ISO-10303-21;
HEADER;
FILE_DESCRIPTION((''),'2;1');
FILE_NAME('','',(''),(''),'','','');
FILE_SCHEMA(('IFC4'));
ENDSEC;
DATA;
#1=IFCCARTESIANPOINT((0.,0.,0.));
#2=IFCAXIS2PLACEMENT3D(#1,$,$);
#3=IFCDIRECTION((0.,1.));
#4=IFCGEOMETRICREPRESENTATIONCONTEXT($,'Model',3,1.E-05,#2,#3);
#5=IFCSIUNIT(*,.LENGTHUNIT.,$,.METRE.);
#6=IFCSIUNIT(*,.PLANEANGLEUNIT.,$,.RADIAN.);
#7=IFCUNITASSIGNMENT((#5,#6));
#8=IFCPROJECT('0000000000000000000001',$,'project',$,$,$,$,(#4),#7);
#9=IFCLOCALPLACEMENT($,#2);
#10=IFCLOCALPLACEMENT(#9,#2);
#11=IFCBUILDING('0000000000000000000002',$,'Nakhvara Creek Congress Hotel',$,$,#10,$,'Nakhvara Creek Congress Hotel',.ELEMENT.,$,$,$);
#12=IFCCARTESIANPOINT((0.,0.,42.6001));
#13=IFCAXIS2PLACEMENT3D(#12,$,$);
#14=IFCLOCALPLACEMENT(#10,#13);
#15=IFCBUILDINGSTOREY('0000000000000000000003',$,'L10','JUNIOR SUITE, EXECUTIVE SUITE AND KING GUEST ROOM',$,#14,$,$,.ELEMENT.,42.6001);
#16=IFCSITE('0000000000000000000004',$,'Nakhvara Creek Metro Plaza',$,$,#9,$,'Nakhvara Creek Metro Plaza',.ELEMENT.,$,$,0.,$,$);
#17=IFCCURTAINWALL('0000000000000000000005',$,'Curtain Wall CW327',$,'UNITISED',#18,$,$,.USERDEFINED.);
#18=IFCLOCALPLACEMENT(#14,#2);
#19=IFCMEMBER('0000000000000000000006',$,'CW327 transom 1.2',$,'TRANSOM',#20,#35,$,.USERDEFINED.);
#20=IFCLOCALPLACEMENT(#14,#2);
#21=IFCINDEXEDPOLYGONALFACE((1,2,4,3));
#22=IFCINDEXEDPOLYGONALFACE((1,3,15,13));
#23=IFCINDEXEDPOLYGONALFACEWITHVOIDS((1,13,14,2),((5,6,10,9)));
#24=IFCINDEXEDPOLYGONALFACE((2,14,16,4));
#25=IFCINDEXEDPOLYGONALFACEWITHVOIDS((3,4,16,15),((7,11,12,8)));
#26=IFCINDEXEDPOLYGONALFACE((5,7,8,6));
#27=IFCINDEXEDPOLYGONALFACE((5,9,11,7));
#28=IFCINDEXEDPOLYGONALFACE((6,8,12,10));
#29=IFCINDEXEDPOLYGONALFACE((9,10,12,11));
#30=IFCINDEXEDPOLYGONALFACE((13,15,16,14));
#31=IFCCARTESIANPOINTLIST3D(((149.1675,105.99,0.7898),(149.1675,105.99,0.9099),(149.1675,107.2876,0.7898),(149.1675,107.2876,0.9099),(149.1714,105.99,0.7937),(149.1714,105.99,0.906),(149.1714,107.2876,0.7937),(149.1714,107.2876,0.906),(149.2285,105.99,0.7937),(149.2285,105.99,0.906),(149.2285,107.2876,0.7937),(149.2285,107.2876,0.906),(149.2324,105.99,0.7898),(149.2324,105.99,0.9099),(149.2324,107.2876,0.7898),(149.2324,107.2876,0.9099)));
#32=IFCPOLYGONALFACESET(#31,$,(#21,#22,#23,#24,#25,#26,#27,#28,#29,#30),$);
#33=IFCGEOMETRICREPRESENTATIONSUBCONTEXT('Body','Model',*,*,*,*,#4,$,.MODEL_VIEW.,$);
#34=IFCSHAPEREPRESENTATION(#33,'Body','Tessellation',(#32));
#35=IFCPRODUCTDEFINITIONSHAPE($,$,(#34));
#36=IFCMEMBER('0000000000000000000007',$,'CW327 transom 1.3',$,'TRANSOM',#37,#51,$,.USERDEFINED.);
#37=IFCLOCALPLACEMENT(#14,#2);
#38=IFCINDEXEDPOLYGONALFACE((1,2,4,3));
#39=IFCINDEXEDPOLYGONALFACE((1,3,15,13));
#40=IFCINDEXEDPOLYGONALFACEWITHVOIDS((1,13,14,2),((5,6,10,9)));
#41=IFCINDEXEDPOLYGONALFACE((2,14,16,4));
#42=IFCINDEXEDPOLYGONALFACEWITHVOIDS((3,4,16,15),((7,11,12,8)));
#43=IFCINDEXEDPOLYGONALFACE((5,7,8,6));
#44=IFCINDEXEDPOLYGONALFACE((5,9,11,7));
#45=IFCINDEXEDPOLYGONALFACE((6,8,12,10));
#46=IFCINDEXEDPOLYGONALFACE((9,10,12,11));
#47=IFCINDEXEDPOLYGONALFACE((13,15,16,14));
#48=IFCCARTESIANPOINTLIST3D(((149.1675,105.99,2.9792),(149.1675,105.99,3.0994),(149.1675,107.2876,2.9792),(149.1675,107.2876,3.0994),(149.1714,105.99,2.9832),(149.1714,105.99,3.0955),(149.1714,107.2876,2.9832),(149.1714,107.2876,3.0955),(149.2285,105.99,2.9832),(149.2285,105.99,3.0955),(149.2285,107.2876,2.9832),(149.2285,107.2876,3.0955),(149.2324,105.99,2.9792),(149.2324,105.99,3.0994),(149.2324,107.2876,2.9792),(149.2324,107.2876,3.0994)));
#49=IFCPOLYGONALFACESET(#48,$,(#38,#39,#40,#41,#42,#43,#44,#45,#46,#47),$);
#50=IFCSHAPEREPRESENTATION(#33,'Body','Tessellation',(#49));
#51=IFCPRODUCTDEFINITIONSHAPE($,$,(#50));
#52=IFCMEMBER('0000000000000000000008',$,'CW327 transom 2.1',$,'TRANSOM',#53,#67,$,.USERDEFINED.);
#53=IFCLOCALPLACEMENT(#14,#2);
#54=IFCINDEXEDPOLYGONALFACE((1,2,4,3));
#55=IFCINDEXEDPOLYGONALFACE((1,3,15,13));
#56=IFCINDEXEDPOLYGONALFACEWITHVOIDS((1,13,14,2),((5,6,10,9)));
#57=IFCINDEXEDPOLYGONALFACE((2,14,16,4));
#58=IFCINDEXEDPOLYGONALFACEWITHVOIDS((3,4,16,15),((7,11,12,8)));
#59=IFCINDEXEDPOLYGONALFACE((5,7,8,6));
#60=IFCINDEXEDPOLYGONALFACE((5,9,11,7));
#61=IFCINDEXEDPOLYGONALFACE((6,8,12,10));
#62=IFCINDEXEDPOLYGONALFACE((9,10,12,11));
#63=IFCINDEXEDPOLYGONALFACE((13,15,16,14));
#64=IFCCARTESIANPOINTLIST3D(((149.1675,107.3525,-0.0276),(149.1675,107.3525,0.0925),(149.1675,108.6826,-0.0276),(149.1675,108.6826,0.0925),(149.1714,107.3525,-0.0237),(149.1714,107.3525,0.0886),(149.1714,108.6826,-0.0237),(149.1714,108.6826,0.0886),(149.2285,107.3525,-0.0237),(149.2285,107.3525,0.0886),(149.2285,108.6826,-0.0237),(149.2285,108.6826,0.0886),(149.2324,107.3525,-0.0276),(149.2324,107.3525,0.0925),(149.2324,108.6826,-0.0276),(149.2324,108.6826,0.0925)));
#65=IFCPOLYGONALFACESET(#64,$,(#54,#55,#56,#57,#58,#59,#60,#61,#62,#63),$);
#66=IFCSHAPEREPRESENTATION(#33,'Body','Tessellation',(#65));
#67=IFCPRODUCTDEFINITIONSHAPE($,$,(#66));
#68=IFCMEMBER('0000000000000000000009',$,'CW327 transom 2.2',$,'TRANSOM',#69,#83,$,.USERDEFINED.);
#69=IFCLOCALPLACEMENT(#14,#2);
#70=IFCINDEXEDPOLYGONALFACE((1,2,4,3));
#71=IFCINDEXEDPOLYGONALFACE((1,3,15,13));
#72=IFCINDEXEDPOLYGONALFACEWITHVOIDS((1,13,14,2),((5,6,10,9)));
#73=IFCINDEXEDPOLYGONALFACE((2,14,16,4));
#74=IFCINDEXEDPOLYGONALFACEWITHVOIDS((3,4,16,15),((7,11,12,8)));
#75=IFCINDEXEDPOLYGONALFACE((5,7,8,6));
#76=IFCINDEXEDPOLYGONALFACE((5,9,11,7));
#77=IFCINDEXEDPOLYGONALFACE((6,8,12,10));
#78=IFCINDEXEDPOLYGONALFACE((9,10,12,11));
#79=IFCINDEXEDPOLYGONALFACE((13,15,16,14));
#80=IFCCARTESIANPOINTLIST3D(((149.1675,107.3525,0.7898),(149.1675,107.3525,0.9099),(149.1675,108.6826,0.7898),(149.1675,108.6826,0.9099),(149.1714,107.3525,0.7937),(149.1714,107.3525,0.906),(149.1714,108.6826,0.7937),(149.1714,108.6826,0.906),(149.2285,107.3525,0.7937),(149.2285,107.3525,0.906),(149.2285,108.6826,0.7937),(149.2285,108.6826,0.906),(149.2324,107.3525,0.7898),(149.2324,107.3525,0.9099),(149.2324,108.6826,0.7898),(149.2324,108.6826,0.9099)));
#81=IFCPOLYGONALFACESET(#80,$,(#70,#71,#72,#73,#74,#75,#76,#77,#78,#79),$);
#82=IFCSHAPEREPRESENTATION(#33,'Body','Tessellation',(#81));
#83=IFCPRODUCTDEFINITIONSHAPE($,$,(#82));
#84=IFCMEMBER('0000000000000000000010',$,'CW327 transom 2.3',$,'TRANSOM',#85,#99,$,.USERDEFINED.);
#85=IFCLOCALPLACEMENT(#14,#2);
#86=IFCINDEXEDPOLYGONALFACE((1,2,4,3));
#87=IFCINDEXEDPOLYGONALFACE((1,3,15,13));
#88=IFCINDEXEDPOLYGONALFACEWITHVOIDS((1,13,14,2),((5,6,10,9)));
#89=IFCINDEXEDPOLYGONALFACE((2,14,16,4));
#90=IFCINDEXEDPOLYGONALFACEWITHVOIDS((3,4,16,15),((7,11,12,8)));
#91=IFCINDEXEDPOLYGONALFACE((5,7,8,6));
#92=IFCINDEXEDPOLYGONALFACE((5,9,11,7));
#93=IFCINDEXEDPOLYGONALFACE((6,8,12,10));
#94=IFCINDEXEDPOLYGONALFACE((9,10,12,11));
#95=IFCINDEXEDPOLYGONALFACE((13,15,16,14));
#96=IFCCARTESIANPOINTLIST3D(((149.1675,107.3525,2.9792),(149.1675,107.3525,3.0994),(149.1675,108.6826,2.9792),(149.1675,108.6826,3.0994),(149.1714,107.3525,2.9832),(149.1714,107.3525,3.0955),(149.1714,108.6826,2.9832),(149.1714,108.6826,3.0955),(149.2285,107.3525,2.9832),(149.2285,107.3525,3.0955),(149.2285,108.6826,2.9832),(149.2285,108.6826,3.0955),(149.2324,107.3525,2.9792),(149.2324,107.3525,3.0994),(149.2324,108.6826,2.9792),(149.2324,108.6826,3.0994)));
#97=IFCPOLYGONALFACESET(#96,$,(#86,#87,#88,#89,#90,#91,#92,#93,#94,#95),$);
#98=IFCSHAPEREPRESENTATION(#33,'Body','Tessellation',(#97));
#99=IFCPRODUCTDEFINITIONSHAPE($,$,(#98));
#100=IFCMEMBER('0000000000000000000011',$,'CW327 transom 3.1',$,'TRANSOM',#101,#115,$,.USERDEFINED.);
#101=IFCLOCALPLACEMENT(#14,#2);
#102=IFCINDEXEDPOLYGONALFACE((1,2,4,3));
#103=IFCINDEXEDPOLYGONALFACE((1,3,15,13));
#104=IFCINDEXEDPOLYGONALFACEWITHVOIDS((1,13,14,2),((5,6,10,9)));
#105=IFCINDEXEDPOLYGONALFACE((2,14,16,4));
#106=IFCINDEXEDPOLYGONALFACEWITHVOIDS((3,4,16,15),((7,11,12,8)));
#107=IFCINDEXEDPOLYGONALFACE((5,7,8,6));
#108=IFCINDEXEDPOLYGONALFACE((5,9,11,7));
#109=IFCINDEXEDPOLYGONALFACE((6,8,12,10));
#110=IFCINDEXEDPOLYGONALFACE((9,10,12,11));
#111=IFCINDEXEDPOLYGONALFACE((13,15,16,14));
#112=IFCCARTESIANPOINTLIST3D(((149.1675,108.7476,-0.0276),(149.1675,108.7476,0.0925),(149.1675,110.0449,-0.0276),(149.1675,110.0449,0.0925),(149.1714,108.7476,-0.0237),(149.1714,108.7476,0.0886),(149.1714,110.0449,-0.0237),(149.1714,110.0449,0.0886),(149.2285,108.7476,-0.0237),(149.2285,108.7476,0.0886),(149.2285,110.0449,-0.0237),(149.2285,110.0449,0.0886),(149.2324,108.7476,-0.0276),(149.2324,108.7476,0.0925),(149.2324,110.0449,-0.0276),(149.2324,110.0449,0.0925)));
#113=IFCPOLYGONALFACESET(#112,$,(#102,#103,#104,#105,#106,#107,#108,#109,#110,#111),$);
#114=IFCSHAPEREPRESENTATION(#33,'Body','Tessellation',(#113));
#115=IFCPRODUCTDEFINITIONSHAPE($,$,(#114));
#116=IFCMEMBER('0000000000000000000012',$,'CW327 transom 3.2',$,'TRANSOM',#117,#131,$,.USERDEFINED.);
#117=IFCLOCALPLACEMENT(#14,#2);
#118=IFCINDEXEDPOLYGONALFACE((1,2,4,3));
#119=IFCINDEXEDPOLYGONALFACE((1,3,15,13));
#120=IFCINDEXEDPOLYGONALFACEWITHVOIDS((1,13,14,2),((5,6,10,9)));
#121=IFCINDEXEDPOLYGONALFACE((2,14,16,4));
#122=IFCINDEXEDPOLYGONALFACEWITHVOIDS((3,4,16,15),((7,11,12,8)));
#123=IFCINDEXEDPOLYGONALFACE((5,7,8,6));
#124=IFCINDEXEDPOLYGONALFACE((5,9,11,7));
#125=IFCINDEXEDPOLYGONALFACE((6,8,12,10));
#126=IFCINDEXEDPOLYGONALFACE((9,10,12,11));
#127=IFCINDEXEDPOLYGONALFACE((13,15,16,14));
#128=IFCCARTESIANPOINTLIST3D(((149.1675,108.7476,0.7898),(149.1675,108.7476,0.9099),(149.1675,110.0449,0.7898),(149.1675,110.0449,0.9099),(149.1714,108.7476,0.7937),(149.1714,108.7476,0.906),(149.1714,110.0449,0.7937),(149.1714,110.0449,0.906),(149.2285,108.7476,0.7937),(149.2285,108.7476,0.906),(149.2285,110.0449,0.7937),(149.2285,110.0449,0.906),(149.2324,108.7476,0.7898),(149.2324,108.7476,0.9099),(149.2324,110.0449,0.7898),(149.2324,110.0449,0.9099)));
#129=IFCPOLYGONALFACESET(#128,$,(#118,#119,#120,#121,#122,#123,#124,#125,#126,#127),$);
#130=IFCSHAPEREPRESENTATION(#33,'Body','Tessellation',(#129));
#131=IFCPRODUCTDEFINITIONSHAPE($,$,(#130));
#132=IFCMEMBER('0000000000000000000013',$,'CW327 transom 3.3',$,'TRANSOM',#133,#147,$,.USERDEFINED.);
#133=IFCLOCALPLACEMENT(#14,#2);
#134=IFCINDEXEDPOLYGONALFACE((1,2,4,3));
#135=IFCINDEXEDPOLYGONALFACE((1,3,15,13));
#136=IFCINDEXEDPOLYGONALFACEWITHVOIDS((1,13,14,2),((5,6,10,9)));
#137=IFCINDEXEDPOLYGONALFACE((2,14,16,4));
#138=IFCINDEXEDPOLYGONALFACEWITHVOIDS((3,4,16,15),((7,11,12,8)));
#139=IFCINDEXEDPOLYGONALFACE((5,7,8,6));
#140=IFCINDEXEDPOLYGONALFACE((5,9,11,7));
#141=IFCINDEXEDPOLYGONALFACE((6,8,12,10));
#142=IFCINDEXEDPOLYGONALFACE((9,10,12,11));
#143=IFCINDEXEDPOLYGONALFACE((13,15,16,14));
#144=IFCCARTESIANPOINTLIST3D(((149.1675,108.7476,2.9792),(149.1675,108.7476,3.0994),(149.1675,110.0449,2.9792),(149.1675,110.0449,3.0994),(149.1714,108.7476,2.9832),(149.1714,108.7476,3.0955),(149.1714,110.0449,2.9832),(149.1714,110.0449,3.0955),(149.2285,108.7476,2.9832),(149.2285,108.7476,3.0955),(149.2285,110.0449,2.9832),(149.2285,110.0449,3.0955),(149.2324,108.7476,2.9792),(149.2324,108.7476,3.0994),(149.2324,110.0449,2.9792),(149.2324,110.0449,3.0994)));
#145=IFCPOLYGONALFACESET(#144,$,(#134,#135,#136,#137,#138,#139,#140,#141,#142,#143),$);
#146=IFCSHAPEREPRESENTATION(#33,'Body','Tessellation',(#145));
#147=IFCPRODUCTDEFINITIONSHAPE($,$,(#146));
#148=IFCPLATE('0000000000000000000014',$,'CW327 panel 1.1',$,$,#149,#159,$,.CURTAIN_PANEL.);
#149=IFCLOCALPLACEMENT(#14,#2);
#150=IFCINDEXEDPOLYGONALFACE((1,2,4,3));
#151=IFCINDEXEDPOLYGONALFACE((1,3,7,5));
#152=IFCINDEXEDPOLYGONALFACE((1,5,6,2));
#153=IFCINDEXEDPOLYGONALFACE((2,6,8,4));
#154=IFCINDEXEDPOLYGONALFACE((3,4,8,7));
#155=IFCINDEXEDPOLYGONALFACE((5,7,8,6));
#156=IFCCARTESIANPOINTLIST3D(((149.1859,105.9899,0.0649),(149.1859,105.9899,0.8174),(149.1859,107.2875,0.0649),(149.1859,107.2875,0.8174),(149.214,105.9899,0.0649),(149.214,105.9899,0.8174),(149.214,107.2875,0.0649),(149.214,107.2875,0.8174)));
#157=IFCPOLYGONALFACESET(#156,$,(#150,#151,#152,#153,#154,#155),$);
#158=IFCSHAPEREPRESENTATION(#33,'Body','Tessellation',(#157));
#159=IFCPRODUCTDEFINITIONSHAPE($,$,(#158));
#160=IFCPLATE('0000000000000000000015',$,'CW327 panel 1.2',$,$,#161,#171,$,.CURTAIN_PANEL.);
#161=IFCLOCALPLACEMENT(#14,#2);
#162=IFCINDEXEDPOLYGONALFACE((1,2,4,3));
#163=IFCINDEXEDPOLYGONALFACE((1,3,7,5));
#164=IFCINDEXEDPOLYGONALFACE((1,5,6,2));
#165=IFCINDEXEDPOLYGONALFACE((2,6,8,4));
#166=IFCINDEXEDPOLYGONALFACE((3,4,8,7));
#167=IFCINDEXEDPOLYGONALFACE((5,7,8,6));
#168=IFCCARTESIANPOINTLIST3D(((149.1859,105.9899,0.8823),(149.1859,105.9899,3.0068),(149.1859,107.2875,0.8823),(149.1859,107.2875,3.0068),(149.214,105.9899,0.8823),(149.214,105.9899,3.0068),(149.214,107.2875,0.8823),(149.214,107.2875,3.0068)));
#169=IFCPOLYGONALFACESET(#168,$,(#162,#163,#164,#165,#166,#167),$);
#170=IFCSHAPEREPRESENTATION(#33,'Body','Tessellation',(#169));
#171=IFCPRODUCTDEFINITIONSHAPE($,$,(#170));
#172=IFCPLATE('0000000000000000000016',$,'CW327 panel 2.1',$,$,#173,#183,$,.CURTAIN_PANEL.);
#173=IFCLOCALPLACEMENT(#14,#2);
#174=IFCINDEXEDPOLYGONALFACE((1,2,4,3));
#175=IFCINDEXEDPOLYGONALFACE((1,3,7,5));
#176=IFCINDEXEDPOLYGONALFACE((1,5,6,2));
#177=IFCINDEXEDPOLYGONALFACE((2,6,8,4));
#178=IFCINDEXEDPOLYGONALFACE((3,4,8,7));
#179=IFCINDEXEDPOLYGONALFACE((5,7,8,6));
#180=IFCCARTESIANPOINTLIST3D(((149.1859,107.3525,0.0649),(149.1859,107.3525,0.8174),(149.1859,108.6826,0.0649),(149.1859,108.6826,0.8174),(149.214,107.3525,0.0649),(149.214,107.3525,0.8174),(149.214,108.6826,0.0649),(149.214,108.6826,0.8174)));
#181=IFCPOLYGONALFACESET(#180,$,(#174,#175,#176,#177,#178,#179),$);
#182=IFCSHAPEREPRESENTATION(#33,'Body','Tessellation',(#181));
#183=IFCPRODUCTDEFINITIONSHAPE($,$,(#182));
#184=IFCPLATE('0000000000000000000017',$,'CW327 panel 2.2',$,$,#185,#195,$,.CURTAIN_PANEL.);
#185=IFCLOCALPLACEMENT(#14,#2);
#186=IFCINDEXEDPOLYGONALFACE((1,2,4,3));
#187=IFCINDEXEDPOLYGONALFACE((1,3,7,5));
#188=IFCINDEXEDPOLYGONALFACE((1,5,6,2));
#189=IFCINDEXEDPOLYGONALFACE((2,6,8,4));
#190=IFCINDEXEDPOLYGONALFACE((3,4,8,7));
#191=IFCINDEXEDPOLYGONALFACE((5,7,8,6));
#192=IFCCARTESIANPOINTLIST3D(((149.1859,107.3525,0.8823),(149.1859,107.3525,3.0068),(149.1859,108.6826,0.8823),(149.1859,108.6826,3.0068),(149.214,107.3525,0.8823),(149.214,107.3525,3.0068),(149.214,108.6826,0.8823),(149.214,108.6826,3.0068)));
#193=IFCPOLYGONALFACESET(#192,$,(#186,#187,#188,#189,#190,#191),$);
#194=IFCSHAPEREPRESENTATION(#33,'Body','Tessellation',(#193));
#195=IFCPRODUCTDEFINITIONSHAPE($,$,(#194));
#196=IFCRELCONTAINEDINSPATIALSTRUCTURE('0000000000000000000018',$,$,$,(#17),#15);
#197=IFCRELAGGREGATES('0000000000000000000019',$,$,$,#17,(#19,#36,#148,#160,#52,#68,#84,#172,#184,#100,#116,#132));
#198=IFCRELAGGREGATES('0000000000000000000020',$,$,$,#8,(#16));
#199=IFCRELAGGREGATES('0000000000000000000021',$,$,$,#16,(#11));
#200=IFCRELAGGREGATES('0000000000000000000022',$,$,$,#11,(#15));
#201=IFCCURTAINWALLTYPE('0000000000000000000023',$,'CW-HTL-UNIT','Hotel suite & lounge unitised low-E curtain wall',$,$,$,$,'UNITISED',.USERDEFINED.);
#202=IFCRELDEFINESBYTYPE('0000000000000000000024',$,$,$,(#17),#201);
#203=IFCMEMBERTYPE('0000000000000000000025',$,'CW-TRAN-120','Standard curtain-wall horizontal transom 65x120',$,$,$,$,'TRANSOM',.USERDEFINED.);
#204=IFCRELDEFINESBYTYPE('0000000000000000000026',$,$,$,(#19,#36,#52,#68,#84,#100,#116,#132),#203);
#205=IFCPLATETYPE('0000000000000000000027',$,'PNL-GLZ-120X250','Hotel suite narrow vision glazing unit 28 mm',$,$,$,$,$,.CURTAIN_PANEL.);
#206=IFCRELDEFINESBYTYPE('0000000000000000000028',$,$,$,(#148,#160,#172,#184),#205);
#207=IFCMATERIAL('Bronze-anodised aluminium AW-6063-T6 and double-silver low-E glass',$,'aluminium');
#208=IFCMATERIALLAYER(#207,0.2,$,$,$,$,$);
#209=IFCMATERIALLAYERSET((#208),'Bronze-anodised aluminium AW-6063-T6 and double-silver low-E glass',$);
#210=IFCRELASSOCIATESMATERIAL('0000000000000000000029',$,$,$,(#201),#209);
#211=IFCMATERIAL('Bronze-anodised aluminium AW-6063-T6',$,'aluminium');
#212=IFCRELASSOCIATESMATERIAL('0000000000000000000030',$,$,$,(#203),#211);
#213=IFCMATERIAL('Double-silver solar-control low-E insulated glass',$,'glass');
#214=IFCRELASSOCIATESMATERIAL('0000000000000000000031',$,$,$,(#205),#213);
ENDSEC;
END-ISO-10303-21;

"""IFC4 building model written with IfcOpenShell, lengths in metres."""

from ifc_helpers import new_model, si_unit, direction, frame, origin, origin_2d, place, context, subcontext, project, spatial, rectangle, hollow_rectangle, extrude, material, layer, layer_set, material_profile, profile_set, type_object, element, aggregate, save


model = new_model("IFC4")

# Units and contexts
model_context = context("Model", 3, precision=1e-05, world=origin(), true_north=direction((0.0, 1.0)))
body_context = subcontext(model_context, "Body", "Model", "MODEL_VIEW")
ifc_project = project(units=[si_unit("LENGTHUNIT", "METRE"), si_unit("PLANEANGLEUNIT", "RADIAN")], contexts=[model_context])

# Site, building, storey
site_placement = place(None, origin())
site = spatial("IfcSite", under=ifc_project, at=site_placement, Name="Nakhvara Creek Metro Plaza", LongName="Nakhvara Creek Metro Plaza", CompositionType="ELEMENT", RefElevation=0.0)
building_placement = place(site_placement, origin())
building = spatial("IfcBuilding", under=site, at=building_placement, Name="Nakhvara Creek Congress Hotel", LongName="Nakhvara Creek Congress Hotel", CompositionType="ELEMENT")
storey_placement = place(building_placement, frame((0.0, 0.0, 42.6001)))
storey = spatial("IfcBuildingStorey", under=building, at=storey_placement, Name="L10", Description="JUNIOR SUITE, EXECUTIVE SUITE AND KING GUEST ROOM", CompositionType="ELEMENT", Elevation=42.6001)

# Shared definitions
ifc_material_1 = material(Name="Bronze-anodised aluminium AW-6063-T6 and double-silver low-E glass", Category="aluminium")
ifc_layer_1 = layer(ifc_material_1, 0.2)
ifc_layer_set_1 = layer_set([ifc_layer_1], Name="Bronze-anodised aluminium AW-6063-T6 and double-silver low-E glass")
curtain_wall_type = type_object("IfcCurtainWallType", Name="CW-HTL-UNIT", Description="Hotel suite & lounge unitised low-E curtain wall", ElementType="UNITISED", PredefinedType="USERDEFINED", material=ifc_layer_set_1)
ifc_material_2 = material(Name="Bronze-anodised aluminium AW-6063-T6", Category="aluminium")

# Curtain wall, members, plates
curtain_wall_1_placement = place(storey_placement, origin())
curtain_wall_1 = element("IfcCurtainWall", 1, at=curtain_wall_1_placement, inside=storey, type_object=curtain_wall_type, Name="Curtain Wall CW327", ObjectType="UNITISED", PredefinedType="USERDEFINED")
ifc_material_profile_1 = material_profile(ifc_material_2, hollow_rectangle(XDim=0.0649, YDim=0.1201, WallThickness=0.0039, at=origin_2d()), Name="ALU-TRAN 65x120x4", Category="LoadBearing")
ifc_profile_set_1 = profile_set([ifc_material_profile_1], Name="Bronze-anodised aluminium AW-6063-T6")
member_type_1 = type_object("IfcMemberType", Name="CW-TRAN-120", Description="Standard curtain-wall horizontal transom 65x120", ElementType="TRANSOM", PredefinedType="USERDEFINED", material=ifc_profile_set_1)
member_1_placement = place(storey_placement, frame((149.2, 105.99, 0.8499), z_axis=(0.0, 1.0, 0.0), x_axis=(-1.0, 0.0, 0.0)))
member_1 = element("IfcMember", 2, at=member_1_placement, type_object=member_type_1, Name="CW327 transom 1.2", ObjectType="TRANSOM", PredefinedType="USERDEFINED", context=body_context, shape_type="SweptSolid", body=[
    extrude(hollow_rectangle(XDim=0.0649, YDim=0.1201, WallThickness=0.0039, at=origin_2d()), origin(), (0.0, 0.0, 1.0), 1.2976),
])
member_2_placement = place(storey_placement, frame((149.2, 105.99, 3.0393), z_axis=(0.0, 1.0, 0.0), x_axis=(-1.0, 0.0, 0.0)))
member_2 = element("IfcMember", 3, at=member_2_placement, type_object=member_type_1, Name="CW327 transom 1.3", ObjectType="TRANSOM", PredefinedType="USERDEFINED", context=body_context, shape_type="SweptSolid", body=[
    extrude(hollow_rectangle(XDim=0.0649, YDim=0.1201, WallThickness=0.0039, at=origin_2d()), origin(), (0.0, 0.0, 1.0), 1.2976),
])
member_3_placement = place(storey_placement, frame((149.2, 107.3525, 0.0325), z_axis=(0.0, 1.0, 0.0), x_axis=(-1.0, 0.0, 0.0)))
member_3 = element("IfcMember", 4, at=member_3_placement, type_object=member_type_1, Name="CW327 transom 2.1", ObjectType="TRANSOM", PredefinedType="USERDEFINED", context=body_context, shape_type="SweptSolid", body=[
    extrude(hollow_rectangle(XDim=0.0649, YDim=0.1201, WallThickness=0.0039, at=origin_2d()), origin(), (0.0, 0.0, 1.0), 1.3301),
])
member_4_placement = place(storey_placement, frame((149.2, 107.3525, 0.8499), z_axis=(0.0, 1.0, 0.0), x_axis=(-1.0, 0.0, 0.0)))
member_4 = element("IfcMember", 5, at=member_4_placement, type_object=member_type_1, Name="CW327 transom 2.2", ObjectType="TRANSOM", PredefinedType="USERDEFINED", context=body_context, shape_type="SweptSolid", body=[
    extrude(hollow_rectangle(XDim=0.0649, YDim=0.1201, WallThickness=0.0039, at=origin_2d()), origin(), (0.0, 0.0, 1.0), 1.3301),
])
member_5_placement = place(storey_placement, frame((149.2, 107.3525, 3.0393), z_axis=(0.0, 1.0, 0.0), x_axis=(-1.0, 0.0, 0.0)))
member_5 = element("IfcMember", 6, at=member_5_placement, type_object=member_type_1, Name="CW327 transom 2.3", ObjectType="TRANSOM", PredefinedType="USERDEFINED", context=body_context, shape_type="SweptSolid", body=[
    extrude(hollow_rectangle(XDim=0.0649, YDim=0.1201, WallThickness=0.0039, at=origin_2d()), origin(), (0.0, 0.0, 1.0), 1.3301),
])
member_6_placement = place(storey_placement, frame((149.2, 108.7476, 0.0325), z_axis=(0.0, 1.0, 0.0), x_axis=(-1.0, 0.0, 0.0)))
member_6 = element("IfcMember", 7, at=member_6_placement, type_object=member_type_1, Name="CW327 transom 3.1", ObjectType="TRANSOM", PredefinedType="USERDEFINED", context=body_context, shape_type="SweptSolid", body=[
    extrude(hollow_rectangle(XDim=0.0649, YDim=0.1201, WallThickness=0.0039, at=origin_2d()), origin(), (0.0, 0.0, 1.0), 1.2974),
])
member_7_placement = place(storey_placement, frame((149.2, 108.7476, 0.8499), z_axis=(0.0, 1.0, 0.0), x_axis=(-1.0, 0.0, 0.0)))
member_7 = element("IfcMember", 8, at=member_7_placement, type_object=member_type_1, Name="CW327 transom 3.2", ObjectType="TRANSOM", PredefinedType="USERDEFINED", context=body_context, shape_type="SweptSolid", body=[
    extrude(hollow_rectangle(XDim=0.0649, YDim=0.1201, WallThickness=0.0039, at=origin_2d()), origin(), (0.0, 0.0, 1.0), 1.2974),
])
member_8_placement = place(storey_placement, frame((149.2, 108.7476, 3.0393), z_axis=(0.0, 1.0, 0.0), x_axis=(-1.0, 0.0, 0.0)))
member_8 = element("IfcMember", 9, at=member_8_placement, type_object=member_type_1, Name="CW327 transom 3.3", ObjectType="TRANSOM", PredefinedType="USERDEFINED", context=body_context, shape_type="SweptSolid", body=[
    extrude(hollow_rectangle(XDim=0.0649, YDim=0.1201, WallThickness=0.0039, at=origin_2d()), origin(), (0.0, 0.0, 1.0), 1.2974),
])
ifc_material_3 = material(Name="Double-silver solar-control low-E insulated glass", Category="glass")
plate_type_1 = type_object("IfcPlateType", Name="PNL-GLZ-120X250", Description="Hotel suite narrow vision glazing unit 28 mm", PredefinedType="CURTAIN_PANEL", material=ifc_material_3)
plate_1_placement = place(storey_placement, frame((149.2, 106.6387, 0.0649), z_axis=(0.0, 0.0, 1.0), x_axis=(0.0, 1.0, 0.0)))
plate_1 = element("IfcPlate", 10, at=plate_1_placement, type_object=plate_type_1, Name="CW327 panel 1.1", PredefinedType="CURTAIN_PANEL", context=body_context, shape_type="SweptSolid", body=[
    extrude(rectangle(XDim=1.2976, YDim=0.0281, at=origin_2d()), origin(), (0.0, 0.0, 1.0), 0.7524),
])
plate_2_placement = place(storey_placement, frame((149.2, 106.6387, 0.8823), z_axis=(0.0, 0.0, 1.0), x_axis=(0.0, 1.0, 0.0)))
plate_2 = element("IfcPlate", 11, at=plate_2_placement, type_object=plate_type_1, Name="CW327 panel 1.2", PredefinedType="CURTAIN_PANEL", context=body_context, shape_type="SweptSolid", body=[
    extrude(rectangle(XDim=1.2976, YDim=0.0281, at=origin_2d()), origin(), (0.0, 0.0, 1.0), 2.1245),
])
plate_3_placement = place(storey_placement, frame((149.2, 108.0176, 0.0649), z_axis=(0.0, 0.0, 1.0), x_axis=(0.0, 1.0, 0.0)))
plate_3 = element("IfcPlate", 12, at=plate_3_placement, type_object=plate_type_1, Name="CW327 panel 2.1", PredefinedType="CURTAIN_PANEL", context=body_context, shape_type="SweptSolid", body=[
    extrude(rectangle(XDim=1.3301, YDim=0.0281, at=origin_2d()), origin(), (0.0, 0.0, 1.0), 0.7524),
])
plate_4_placement = place(storey_placement, frame((149.2, 108.0176, 0.8823), z_axis=(0.0, 0.0, 1.0), x_axis=(0.0, 1.0, 0.0)))
plate_4 = element("IfcPlate", 13, at=plate_4_placement, type_object=plate_type_1, Name="CW327 panel 2.2", PredefinedType="CURTAIN_PANEL", context=body_context, shape_type="SweptSolid", body=[
    extrude(rectangle(XDim=1.3301, YDim=0.0281, at=origin_2d()), origin(), (0.0, 0.0, 1.0), 2.1245),
])
aggregate(curtain_wall_1, [member_1, member_2, plate_1, plate_2, member_3, member_4, member_5, plate_3, plate_4, member_6, member_7, member_8])

save(model, "model.ifc")
